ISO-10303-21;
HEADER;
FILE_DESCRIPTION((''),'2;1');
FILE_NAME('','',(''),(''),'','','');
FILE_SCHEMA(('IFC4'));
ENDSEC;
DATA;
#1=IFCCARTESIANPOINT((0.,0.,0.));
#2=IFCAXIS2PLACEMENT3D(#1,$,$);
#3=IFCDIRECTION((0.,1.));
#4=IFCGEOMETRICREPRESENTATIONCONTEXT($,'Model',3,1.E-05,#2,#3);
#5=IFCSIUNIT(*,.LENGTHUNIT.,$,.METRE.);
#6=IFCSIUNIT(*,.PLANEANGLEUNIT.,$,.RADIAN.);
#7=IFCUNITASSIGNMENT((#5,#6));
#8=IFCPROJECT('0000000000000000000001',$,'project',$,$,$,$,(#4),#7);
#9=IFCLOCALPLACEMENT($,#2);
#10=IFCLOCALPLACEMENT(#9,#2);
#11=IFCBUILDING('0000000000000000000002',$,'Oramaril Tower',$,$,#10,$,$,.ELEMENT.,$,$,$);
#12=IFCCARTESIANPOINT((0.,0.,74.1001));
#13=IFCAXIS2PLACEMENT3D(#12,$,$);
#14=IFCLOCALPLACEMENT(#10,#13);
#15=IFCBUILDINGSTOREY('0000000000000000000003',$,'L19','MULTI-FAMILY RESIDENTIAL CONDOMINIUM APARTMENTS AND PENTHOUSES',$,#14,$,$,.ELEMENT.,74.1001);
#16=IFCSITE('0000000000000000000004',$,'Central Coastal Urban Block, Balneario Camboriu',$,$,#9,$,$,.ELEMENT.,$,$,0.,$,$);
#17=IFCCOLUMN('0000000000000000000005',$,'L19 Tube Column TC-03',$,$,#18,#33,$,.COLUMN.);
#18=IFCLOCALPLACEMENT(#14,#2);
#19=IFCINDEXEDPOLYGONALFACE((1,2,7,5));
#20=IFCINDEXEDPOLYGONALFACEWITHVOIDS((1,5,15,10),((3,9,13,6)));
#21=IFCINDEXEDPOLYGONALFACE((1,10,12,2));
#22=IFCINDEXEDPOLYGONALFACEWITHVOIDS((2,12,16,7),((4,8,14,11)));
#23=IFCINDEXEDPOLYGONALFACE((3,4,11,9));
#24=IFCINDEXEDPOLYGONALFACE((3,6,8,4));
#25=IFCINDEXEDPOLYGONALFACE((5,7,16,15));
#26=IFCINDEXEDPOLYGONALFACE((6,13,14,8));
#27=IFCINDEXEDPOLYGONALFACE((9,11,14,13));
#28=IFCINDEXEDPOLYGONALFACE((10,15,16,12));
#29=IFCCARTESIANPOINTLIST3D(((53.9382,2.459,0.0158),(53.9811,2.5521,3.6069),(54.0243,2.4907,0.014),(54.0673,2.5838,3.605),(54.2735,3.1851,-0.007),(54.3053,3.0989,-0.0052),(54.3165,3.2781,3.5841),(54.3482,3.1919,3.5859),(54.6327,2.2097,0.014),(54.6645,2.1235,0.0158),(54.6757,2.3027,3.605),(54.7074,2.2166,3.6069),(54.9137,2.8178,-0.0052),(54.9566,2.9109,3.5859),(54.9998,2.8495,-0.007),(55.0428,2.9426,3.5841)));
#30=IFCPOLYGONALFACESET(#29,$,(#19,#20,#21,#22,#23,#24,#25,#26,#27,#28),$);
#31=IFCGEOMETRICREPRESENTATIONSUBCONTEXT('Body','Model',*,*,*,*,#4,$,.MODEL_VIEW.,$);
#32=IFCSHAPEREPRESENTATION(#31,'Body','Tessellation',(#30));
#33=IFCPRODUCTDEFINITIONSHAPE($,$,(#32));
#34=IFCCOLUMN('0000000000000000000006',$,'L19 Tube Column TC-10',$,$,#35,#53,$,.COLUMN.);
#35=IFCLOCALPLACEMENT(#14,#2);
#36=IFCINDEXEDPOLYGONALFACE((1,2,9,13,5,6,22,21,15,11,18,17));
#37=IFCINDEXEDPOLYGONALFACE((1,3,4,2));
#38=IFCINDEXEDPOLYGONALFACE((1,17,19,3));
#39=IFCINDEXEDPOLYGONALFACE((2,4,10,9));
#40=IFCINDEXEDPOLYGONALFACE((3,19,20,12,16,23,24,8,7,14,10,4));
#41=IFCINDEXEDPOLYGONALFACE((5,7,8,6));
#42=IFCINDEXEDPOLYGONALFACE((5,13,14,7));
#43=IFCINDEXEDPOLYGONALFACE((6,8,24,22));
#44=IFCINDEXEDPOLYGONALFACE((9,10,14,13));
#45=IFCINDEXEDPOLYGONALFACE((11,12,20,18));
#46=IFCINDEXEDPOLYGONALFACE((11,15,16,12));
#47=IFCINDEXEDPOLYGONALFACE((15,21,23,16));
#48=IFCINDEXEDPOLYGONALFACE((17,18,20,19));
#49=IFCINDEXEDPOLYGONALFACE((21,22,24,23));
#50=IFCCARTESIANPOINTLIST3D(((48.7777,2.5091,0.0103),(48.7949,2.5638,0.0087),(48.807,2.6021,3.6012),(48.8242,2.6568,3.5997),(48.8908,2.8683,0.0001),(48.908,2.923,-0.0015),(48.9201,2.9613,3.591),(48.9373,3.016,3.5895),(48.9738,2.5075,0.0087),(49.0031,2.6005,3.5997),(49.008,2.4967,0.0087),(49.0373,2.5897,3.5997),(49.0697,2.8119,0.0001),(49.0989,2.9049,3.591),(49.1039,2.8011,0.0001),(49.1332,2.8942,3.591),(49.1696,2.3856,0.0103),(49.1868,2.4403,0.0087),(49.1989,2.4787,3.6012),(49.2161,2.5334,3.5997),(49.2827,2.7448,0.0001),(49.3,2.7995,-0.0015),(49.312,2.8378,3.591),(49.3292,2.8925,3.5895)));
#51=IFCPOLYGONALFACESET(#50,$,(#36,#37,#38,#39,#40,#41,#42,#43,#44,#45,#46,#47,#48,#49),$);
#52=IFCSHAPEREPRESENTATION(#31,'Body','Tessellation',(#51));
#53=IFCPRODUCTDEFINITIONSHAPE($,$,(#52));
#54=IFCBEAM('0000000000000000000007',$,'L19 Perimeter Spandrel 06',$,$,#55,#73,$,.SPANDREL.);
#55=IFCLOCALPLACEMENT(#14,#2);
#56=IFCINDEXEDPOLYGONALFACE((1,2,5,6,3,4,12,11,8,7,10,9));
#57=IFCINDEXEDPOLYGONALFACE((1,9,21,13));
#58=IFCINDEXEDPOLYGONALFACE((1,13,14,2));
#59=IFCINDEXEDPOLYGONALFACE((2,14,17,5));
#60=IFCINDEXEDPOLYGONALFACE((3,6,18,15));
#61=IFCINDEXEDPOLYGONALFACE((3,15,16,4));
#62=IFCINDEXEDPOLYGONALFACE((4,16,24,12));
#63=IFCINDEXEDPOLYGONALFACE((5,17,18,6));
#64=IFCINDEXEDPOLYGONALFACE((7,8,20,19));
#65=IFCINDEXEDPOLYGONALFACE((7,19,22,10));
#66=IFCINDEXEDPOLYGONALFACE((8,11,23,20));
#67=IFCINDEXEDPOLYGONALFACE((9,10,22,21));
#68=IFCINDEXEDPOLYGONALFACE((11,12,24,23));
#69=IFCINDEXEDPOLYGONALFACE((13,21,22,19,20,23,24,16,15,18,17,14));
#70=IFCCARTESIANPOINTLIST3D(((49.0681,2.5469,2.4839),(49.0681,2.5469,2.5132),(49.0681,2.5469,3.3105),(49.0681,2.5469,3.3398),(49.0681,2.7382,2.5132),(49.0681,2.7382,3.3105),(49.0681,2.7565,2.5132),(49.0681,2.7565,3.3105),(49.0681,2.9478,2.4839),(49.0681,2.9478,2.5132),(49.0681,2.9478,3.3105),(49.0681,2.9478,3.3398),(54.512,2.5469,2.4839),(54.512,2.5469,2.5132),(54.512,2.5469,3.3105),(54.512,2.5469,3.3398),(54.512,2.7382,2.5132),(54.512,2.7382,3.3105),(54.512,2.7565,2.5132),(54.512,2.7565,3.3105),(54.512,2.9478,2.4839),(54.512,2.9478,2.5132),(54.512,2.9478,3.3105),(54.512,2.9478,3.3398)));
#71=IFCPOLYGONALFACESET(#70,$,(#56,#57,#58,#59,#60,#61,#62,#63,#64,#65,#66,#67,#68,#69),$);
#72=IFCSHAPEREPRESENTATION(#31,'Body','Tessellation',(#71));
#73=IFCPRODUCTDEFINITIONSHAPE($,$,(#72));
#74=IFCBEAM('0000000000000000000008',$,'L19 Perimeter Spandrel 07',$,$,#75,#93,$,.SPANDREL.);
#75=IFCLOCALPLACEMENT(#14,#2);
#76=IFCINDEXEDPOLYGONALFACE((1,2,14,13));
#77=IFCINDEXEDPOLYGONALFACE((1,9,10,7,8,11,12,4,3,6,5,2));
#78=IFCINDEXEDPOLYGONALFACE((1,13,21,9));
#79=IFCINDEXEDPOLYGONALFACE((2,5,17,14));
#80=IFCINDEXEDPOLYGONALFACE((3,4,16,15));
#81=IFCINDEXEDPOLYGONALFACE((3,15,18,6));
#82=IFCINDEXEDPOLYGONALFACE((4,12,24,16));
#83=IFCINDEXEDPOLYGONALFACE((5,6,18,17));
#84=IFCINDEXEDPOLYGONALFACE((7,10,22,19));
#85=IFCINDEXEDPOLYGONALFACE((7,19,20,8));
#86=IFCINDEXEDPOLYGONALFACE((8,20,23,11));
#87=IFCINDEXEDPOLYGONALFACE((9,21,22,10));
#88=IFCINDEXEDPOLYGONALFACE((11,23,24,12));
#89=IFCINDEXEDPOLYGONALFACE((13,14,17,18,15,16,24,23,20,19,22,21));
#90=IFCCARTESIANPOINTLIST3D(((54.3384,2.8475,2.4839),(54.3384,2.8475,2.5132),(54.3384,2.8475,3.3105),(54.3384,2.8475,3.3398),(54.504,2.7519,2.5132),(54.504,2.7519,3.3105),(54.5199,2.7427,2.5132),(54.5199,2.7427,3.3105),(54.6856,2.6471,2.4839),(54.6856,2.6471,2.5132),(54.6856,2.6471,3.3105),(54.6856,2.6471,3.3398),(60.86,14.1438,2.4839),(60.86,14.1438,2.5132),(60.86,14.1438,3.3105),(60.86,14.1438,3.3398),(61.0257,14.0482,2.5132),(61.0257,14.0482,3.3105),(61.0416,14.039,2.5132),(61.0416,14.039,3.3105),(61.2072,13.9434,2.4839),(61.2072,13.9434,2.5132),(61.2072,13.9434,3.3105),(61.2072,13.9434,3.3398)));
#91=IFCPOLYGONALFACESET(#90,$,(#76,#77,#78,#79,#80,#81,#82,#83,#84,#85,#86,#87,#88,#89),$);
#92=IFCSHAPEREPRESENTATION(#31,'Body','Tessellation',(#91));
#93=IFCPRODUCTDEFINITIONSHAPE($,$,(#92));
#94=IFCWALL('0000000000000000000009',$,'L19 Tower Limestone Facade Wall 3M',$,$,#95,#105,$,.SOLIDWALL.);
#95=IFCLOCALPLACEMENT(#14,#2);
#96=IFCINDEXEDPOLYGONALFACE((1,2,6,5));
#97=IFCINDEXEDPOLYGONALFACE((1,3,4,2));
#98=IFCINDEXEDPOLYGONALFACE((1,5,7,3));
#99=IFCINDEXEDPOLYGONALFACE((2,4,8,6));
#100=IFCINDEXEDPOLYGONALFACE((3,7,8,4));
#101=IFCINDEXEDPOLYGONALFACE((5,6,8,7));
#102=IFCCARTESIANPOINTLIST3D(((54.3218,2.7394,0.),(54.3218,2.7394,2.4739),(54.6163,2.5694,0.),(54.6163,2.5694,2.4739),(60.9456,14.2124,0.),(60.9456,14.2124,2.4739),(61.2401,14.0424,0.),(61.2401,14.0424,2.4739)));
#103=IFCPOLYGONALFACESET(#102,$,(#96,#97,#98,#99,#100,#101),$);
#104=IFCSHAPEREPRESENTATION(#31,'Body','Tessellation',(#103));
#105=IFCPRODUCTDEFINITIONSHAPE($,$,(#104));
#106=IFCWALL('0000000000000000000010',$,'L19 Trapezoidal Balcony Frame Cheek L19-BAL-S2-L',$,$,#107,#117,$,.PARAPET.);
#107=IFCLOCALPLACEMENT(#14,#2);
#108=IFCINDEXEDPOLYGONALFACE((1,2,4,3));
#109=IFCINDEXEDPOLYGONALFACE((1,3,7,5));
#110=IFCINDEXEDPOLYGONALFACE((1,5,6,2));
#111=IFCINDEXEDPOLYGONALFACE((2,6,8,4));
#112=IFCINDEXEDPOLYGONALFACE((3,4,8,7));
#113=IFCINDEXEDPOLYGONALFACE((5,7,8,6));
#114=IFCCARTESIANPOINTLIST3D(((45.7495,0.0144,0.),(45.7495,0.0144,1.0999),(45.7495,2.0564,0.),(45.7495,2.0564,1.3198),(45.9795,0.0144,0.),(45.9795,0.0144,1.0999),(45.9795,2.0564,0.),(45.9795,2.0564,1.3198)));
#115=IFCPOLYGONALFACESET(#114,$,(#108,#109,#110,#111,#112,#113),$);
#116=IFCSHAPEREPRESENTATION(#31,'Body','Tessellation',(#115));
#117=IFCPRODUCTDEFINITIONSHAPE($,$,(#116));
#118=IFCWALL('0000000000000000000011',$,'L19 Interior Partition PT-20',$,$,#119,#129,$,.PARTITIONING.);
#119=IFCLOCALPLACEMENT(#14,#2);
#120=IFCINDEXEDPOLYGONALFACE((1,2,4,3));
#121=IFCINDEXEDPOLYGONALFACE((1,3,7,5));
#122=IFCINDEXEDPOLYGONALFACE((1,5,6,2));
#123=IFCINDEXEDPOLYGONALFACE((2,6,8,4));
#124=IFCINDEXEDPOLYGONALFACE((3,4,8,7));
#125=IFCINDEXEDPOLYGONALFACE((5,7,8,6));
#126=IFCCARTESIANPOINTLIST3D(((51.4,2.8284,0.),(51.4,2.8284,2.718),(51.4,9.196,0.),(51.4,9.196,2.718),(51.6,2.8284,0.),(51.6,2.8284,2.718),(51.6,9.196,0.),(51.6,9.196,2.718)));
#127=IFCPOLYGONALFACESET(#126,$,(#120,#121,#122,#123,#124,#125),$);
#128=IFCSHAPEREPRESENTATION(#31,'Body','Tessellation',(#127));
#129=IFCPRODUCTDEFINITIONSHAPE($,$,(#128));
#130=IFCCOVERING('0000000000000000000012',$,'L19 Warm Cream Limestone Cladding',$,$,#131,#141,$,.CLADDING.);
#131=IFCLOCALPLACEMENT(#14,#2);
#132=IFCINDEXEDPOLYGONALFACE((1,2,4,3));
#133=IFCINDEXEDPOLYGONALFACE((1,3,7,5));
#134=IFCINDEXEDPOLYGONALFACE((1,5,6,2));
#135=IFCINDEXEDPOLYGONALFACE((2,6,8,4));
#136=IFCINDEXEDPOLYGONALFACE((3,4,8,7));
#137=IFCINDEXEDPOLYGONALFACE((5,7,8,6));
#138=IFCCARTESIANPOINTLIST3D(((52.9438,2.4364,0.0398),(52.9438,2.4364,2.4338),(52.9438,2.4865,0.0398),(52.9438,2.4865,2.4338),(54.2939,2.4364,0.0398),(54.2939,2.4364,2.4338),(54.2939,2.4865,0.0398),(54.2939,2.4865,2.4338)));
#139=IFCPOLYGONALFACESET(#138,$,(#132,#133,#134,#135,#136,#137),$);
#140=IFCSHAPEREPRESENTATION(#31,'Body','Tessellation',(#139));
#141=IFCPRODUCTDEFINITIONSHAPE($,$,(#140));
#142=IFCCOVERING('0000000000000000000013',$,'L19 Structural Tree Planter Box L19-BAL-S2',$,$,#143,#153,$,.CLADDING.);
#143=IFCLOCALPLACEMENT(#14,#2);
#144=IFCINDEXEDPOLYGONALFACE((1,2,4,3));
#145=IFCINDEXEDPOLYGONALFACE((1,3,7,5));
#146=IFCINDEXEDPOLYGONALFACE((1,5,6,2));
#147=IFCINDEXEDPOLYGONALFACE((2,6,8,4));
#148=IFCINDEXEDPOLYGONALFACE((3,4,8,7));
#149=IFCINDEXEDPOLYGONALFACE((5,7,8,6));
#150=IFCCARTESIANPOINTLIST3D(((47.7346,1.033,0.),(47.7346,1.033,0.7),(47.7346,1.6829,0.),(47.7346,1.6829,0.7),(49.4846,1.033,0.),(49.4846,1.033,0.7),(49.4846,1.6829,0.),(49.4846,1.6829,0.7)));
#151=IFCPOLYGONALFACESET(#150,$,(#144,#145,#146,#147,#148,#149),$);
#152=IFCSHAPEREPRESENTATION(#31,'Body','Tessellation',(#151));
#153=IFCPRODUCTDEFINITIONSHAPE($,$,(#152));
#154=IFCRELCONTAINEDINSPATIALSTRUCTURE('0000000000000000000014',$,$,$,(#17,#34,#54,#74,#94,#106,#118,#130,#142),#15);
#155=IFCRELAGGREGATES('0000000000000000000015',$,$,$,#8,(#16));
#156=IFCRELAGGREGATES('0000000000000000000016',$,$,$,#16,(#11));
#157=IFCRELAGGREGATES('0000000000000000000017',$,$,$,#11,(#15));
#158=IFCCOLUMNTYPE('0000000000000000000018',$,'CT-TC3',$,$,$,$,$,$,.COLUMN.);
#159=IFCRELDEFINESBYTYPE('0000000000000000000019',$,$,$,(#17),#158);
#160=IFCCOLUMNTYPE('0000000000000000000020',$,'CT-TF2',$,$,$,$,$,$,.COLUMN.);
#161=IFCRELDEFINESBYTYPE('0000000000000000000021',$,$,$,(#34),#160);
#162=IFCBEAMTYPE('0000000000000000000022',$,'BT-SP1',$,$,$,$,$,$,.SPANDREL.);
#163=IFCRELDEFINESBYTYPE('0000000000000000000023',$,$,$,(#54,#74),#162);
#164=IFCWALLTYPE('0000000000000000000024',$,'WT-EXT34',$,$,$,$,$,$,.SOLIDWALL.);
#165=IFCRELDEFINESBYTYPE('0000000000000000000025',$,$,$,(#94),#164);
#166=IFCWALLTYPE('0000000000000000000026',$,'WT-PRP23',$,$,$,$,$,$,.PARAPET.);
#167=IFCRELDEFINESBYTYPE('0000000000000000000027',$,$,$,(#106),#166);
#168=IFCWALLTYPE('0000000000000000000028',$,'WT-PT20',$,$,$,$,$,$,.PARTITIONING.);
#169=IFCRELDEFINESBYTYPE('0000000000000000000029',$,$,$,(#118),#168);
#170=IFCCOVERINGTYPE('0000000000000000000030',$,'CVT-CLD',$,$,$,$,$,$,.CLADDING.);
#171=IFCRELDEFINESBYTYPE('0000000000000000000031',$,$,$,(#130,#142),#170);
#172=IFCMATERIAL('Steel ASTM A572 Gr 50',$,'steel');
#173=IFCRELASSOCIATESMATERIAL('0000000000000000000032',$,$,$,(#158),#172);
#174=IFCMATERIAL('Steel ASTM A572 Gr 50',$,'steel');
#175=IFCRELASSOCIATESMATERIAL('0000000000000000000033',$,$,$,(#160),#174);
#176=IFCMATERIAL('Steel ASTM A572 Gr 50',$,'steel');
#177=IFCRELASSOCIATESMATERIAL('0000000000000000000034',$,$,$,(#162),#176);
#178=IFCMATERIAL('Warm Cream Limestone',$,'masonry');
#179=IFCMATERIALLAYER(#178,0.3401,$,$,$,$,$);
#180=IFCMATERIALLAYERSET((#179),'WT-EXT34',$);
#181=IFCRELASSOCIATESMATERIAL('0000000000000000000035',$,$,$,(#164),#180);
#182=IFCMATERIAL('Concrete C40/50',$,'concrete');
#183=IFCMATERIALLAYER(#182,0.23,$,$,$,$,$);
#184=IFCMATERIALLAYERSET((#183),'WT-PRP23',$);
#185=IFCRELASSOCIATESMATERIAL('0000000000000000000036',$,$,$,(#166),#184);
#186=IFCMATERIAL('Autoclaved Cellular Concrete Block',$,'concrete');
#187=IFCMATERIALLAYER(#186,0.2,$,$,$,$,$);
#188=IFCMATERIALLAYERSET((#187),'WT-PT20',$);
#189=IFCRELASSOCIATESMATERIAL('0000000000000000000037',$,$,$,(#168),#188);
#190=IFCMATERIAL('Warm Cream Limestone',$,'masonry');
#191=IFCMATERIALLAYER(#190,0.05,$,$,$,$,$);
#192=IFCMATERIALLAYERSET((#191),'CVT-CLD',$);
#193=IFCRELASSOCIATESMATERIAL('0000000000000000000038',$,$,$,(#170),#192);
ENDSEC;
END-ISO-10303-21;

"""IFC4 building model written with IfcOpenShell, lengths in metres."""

from ifc_helpers import new_model, si_unit, direction, frame, frame_2d, origin, origin_2d, place, context, subcontext, project, spatial, polyline, rectangle, hollow_rectangle, i_section, outline, extrude, material, layer, layer_set, material_profile, profile_set, type_object, element, save


model = new_model("IFC4")

# Units and contexts
model_context = context("Model", 3, precision=1e-05, world=origin(), true_north=direction((0.0, 1.0)))
body_context = subcontext(model_context, "Body", "Model", "MODEL_VIEW")
ifc_project = project(units=[si_unit("LENGTHUNIT", "METRE"), si_unit("PLANEANGLEUNIT", "RADIAN")], contexts=[model_context])

# Site, building, storey
site_placement = place(None, origin())
site = spatial("IfcSite", under=ifc_project, at=site_placement, Name="Central Coastal Urban Block, Balneario Camboriu", CompositionType="ELEMENT", RefElevation=0.0)
building_placement = place(site_placement, origin())
building = spatial("IfcBuilding", under=site, at=building_placement, Name="Oramaril Tower", CompositionType="ELEMENT")
storey_placement = place(building_placement, frame((0.0, 0.0, 74.1001)))
storey = spatial("IfcBuildingStorey", under=building, at=storey_placement, Name="L19", Description="MULTI-FAMILY RESIDENTIAL CONDOMINIUM APARTMENTS AND PENTHOUSES", CompositionType="ELEMENT", Elevation=74.1001)

# Columns
ifc_material_1 = material(Name="Steel ASTM A572 Gr 50", Category="steel")
ifc_material_profile_1 = material_profile(ifc_material_1, hollow_rectangle(XDim=0.8, YDim=0.8, WallThickness=0.0649, at=origin_2d()), Name="BOX800X800X65")
ifc_profile_set_1 = profile_set([ifc_material_profile_1], Name="Steel ASTM A572 Gr 50")
column_type_1 = type_object("IfcColumnType", Name="CT-TC3", PredefinedType="COLUMN", material=ifc_profile_set_1)
column_1_placement = place(storey_placement, frame((54.469, 2.6543, 0.0044), z_axis=(0.011961, 0.025892, 0.999593), x_axis=(-0.90782, 0.41936, 0.0)))
element("IfcColumn", 1, at=column_1_placement, inside=storey, type_object=column_type_1, Name="L19 Tube Column TC-03", PredefinedType="COLUMN", context=body_context, shape_type="SweptSolid", body=[
    extrude(hollow_rectangle(XDim=0.8, YDim=0.8, WallThickness=0.0649, at=origin_2d()), origin(), (0.0, 0.0, 1.0), 3.5925),
])
ifc_material_2 = material(Name="Steel ASTM A572 Gr 50", Category="steel")
ifc_material_profile_2 = material_profile(ifc_material_2, i_section(OverallWidth=0.4109, OverallDepth=0.4341, WebThickness=0.0359, FlangeThickness=0.0574, at=origin_2d()), Name="W14X311")
ifc_profile_set_2 = profile_set([ifc_material_profile_2], Name="Steel ASTM A572 Gr 50")
column_type_2 = type_object("IfcColumnType", Name="CT-TF2", PredefinedType="COLUMN", material=ifc_profile_set_2)
column_2_placement = place(storey_placement, frame((49.0388, 2.6543, 0.0044), z_axis=(0.008155, 0.025893, 0.999631), x_axis=(-0.953809, 0.300412, 0.0)))
element("IfcColumn", 2, at=column_2_placement, inside=storey, type_object=column_type_2, Name="L19 Tube Column TC-10", PredefinedType="COLUMN", context=body_context, shape_type="SweptSolid", body=[
    extrude(i_section(OverallWidth=0.4109, OverallDepth=0.4341, WebThickness=0.0359, FlangeThickness=0.0574, at=origin_2d()), origin(), (0.0, 0.0, 1.0), 3.5923),
])

# Beams
ifc_material_3 = material(Name="Steel ASTM A572 Gr 50", Category="steel")
ifc_material_profile_3 = material_profile(ifc_material_3, i_section(OverallWidth=0.4009, OverallDepth=0.856, WebThickness=0.0183, FlangeThickness=0.0293, at=origin_2d()), Name="W33X201")
ifc_profile_set_3 = profile_set([ifc_material_profile_3], Name="Steel ASTM A572 Gr 50")
beam_type = type_object("IfcBeamType", Name="BT-SP1", PredefinedType="SPANDREL", material=ifc_profile_set_3)
beam_1_placement = place(storey_placement, frame((49.0681, 2.7473, 2.9119), z_axis=(1.0, 0.0, 0.0), x_axis=(0.0, 1.0, 0.0)))
element("IfcBeam", 3, at=beam_1_placement, inside=storey, type_object=beam_type, Name="L19 Perimeter Spandrel 06", PredefinedType="SPANDREL", context=body_context, shape_type="SweptSolid", body=[
    extrude(i_section(OverallWidth=0.4009, OverallDepth=0.856, WebThickness=0.0183, FlangeThickness=0.0293, at=origin_2d()), origin(), (0.0, 0.0, 1.0), 5.4438),
])
beam_2_placement = place(storey_placement, frame((54.512, 2.7473, 2.9119), z_axis=(0.499986, 0.866033, 0.0), x_axis=(-0.866033, 0.499986, 0.0)))
element("IfcBeam", 4, at=beam_2_placement, inside=storey, type_object=beam_type, Name="L19 Perimeter Spandrel 07", PredefinedType="SPANDREL", context=body_context, shape_type="SweptSolid", body=[
    extrude(i_section(OverallWidth=0.4009, OverallDepth=0.856, WebThickness=0.0183, FlangeThickness=0.0293, at=origin_2d()), origin(), (0.0, 0.0, 1.0), 13.0437),
])

# Walls
ifc_material_4 = material(Name="Warm Cream Limestone", Category="masonry")
ifc_layer_1 = layer(ifc_material_4, 0.3401)
ifc_layer_set_1 = layer_set([ifc_layer_1], Name="WT-EXT34")
wall_type_1 = type_object("IfcWallType", Name="WT-EXT34", PredefinedType="SOLIDWALL", material=ifc_layer_set_1)
wall_1_placement = place(storey_placement, frame((54.469, 2.6543, 0.0), z_axis=(0.0, 0.0, 1.0), x_axis=(0.499994, 0.866029, 0.0)))
element("IfcWall", 5, at=wall_1_placement, inside=storey, type_object=wall_type_1, Name="L19 Tower Limestone Facade Wall 3M", PredefinedType="SOLIDWALL", context=body_context, shape_type="SweptSolid", body=[
    extrude(rectangle(XDim=13.2478, YDim=0.3401, at=frame_2d((6.624, 0.0))), origin(), (0.0, 0.0, 1.0), 2.4739),
])
ifc_material_5 = material(Name="Concrete C40/50", Category="concrete")
ifc_layer_2 = layer(ifc_material_5, 0.23)
ifc_layer_set_2 = layer_set([ifc_layer_2], Name="WT-PRP23")
wall_type_2 = type_object("IfcWallType", Name="WT-PRP23", PredefinedType="PARAPET", material=ifc_layer_set_2)
wall_2_placement = place(storey_placement, frame((45.8645, 2.0564, 0.0), z_axis=(0.0, 0.0, 1.0), x_axis=(0.0, -1.0, 0.0)))
element("IfcWall", 6, at=wall_2_placement, inside=storey, type_object=wall_type_2, Name="L19 Trapezoidal Balcony Frame Cheek L19-BAL-S2-L", PredefinedType="PARAPET", context=body_context, shape_type="SweptSolid", body=[
    extrude(outline(polyline([(0.0, 0.0), (2.042, 0.0), (2.042, 1.0999), (0.0, 1.3198), (0.0, 0.0)])), frame((0.0, 0.115, 0.0), z_axis=(0.0, -1.0, 0.0), x_axis=(1.0, 0.0, 0.0)), (0.0, 0.0, 1.0), 0.23),
])
ifc_material_6 = material(Name="Autoclaved Cellular Concrete Block", Category="concrete")
ifc_layer_3 = layer(ifc_material_6, 0.2)
ifc_layer_set_3 = layer_set([ifc_layer_3], Name="WT-PT20")
wall_type_3 = type_object("IfcWallType", Name="WT-PT20", PredefinedType="PARTITIONING", material=ifc_layer_set_3)
wall_3_placement = place(storey_placement, frame((51.5, 2.8284, 0.0), z_axis=(0.0, 0.0, 1.0), x_axis=(0.0, 1.0, 0.0)))
element("IfcWall", 7, at=wall_3_placement, inside=storey, type_object=wall_type_3, Name="L19 Interior Partition PT-20", PredefinedType="PARTITIONING", context=body_context, shape_type="SweptSolid", body=[
    extrude(rectangle(XDim=6.3677, YDim=0.2, at=frame_2d((3.1838, 0.0))), origin(), (0.0, 0.0, 1.0), 2.718),
])

# Coverings
ifc_material_7 = material(Name="Warm Cream Limestone", Category="masonry")
ifc_layer_4 = layer(ifc_material_7, 0.05)
ifc_layer_set_4 = layer_set([ifc_layer_4], Name="CVT-CLD")
covering_type = type_object("IfcCoveringType", Name="CVT-CLD", PredefinedType="CLADDING", material=ifc_layer_set_4)
covering_1_placement = place(storey_placement, frame((53.6189, 2.4614, 0.0398), z_axis=(0.0, 0.0, 1.0), x_axis=(1.0, 0.0, 0.0)))
element("IfcCovering", 8, at=covering_1_placement, inside=storey, type_object=covering_type, Name="L19 Warm Cream Limestone Cladding", PredefinedType="CLADDING", context=body_context, shape_type="SweptSolid", body=[
    extrude(rectangle(XDim=1.3501, YDim=0.05, at=origin_2d()), origin(), (0.0, 0.0, 1.0), 2.394),
])
covering_2_placement = place(storey_placement, frame((48.6096, 1.3579, 0.0), z_axis=(0.0, 0.0, 1.0), x_axis=(1.0, 0.0, 0.0)))
element("IfcCovering", 9, at=covering_2_placement, inside=storey, type_object=covering_type, Name="L19 Structural Tree Planter Box L19-BAL-S2", PredefinedType="CLADDING", context=body_context, shape_type="SweptSolid", body=[
    extrude(rectangle(XDim=1.75, YDim=0.6499, at=origin_2d()), origin(), (0.0, 0.0, 1.0), 0.7),
])

save(model, "model.ifc")
